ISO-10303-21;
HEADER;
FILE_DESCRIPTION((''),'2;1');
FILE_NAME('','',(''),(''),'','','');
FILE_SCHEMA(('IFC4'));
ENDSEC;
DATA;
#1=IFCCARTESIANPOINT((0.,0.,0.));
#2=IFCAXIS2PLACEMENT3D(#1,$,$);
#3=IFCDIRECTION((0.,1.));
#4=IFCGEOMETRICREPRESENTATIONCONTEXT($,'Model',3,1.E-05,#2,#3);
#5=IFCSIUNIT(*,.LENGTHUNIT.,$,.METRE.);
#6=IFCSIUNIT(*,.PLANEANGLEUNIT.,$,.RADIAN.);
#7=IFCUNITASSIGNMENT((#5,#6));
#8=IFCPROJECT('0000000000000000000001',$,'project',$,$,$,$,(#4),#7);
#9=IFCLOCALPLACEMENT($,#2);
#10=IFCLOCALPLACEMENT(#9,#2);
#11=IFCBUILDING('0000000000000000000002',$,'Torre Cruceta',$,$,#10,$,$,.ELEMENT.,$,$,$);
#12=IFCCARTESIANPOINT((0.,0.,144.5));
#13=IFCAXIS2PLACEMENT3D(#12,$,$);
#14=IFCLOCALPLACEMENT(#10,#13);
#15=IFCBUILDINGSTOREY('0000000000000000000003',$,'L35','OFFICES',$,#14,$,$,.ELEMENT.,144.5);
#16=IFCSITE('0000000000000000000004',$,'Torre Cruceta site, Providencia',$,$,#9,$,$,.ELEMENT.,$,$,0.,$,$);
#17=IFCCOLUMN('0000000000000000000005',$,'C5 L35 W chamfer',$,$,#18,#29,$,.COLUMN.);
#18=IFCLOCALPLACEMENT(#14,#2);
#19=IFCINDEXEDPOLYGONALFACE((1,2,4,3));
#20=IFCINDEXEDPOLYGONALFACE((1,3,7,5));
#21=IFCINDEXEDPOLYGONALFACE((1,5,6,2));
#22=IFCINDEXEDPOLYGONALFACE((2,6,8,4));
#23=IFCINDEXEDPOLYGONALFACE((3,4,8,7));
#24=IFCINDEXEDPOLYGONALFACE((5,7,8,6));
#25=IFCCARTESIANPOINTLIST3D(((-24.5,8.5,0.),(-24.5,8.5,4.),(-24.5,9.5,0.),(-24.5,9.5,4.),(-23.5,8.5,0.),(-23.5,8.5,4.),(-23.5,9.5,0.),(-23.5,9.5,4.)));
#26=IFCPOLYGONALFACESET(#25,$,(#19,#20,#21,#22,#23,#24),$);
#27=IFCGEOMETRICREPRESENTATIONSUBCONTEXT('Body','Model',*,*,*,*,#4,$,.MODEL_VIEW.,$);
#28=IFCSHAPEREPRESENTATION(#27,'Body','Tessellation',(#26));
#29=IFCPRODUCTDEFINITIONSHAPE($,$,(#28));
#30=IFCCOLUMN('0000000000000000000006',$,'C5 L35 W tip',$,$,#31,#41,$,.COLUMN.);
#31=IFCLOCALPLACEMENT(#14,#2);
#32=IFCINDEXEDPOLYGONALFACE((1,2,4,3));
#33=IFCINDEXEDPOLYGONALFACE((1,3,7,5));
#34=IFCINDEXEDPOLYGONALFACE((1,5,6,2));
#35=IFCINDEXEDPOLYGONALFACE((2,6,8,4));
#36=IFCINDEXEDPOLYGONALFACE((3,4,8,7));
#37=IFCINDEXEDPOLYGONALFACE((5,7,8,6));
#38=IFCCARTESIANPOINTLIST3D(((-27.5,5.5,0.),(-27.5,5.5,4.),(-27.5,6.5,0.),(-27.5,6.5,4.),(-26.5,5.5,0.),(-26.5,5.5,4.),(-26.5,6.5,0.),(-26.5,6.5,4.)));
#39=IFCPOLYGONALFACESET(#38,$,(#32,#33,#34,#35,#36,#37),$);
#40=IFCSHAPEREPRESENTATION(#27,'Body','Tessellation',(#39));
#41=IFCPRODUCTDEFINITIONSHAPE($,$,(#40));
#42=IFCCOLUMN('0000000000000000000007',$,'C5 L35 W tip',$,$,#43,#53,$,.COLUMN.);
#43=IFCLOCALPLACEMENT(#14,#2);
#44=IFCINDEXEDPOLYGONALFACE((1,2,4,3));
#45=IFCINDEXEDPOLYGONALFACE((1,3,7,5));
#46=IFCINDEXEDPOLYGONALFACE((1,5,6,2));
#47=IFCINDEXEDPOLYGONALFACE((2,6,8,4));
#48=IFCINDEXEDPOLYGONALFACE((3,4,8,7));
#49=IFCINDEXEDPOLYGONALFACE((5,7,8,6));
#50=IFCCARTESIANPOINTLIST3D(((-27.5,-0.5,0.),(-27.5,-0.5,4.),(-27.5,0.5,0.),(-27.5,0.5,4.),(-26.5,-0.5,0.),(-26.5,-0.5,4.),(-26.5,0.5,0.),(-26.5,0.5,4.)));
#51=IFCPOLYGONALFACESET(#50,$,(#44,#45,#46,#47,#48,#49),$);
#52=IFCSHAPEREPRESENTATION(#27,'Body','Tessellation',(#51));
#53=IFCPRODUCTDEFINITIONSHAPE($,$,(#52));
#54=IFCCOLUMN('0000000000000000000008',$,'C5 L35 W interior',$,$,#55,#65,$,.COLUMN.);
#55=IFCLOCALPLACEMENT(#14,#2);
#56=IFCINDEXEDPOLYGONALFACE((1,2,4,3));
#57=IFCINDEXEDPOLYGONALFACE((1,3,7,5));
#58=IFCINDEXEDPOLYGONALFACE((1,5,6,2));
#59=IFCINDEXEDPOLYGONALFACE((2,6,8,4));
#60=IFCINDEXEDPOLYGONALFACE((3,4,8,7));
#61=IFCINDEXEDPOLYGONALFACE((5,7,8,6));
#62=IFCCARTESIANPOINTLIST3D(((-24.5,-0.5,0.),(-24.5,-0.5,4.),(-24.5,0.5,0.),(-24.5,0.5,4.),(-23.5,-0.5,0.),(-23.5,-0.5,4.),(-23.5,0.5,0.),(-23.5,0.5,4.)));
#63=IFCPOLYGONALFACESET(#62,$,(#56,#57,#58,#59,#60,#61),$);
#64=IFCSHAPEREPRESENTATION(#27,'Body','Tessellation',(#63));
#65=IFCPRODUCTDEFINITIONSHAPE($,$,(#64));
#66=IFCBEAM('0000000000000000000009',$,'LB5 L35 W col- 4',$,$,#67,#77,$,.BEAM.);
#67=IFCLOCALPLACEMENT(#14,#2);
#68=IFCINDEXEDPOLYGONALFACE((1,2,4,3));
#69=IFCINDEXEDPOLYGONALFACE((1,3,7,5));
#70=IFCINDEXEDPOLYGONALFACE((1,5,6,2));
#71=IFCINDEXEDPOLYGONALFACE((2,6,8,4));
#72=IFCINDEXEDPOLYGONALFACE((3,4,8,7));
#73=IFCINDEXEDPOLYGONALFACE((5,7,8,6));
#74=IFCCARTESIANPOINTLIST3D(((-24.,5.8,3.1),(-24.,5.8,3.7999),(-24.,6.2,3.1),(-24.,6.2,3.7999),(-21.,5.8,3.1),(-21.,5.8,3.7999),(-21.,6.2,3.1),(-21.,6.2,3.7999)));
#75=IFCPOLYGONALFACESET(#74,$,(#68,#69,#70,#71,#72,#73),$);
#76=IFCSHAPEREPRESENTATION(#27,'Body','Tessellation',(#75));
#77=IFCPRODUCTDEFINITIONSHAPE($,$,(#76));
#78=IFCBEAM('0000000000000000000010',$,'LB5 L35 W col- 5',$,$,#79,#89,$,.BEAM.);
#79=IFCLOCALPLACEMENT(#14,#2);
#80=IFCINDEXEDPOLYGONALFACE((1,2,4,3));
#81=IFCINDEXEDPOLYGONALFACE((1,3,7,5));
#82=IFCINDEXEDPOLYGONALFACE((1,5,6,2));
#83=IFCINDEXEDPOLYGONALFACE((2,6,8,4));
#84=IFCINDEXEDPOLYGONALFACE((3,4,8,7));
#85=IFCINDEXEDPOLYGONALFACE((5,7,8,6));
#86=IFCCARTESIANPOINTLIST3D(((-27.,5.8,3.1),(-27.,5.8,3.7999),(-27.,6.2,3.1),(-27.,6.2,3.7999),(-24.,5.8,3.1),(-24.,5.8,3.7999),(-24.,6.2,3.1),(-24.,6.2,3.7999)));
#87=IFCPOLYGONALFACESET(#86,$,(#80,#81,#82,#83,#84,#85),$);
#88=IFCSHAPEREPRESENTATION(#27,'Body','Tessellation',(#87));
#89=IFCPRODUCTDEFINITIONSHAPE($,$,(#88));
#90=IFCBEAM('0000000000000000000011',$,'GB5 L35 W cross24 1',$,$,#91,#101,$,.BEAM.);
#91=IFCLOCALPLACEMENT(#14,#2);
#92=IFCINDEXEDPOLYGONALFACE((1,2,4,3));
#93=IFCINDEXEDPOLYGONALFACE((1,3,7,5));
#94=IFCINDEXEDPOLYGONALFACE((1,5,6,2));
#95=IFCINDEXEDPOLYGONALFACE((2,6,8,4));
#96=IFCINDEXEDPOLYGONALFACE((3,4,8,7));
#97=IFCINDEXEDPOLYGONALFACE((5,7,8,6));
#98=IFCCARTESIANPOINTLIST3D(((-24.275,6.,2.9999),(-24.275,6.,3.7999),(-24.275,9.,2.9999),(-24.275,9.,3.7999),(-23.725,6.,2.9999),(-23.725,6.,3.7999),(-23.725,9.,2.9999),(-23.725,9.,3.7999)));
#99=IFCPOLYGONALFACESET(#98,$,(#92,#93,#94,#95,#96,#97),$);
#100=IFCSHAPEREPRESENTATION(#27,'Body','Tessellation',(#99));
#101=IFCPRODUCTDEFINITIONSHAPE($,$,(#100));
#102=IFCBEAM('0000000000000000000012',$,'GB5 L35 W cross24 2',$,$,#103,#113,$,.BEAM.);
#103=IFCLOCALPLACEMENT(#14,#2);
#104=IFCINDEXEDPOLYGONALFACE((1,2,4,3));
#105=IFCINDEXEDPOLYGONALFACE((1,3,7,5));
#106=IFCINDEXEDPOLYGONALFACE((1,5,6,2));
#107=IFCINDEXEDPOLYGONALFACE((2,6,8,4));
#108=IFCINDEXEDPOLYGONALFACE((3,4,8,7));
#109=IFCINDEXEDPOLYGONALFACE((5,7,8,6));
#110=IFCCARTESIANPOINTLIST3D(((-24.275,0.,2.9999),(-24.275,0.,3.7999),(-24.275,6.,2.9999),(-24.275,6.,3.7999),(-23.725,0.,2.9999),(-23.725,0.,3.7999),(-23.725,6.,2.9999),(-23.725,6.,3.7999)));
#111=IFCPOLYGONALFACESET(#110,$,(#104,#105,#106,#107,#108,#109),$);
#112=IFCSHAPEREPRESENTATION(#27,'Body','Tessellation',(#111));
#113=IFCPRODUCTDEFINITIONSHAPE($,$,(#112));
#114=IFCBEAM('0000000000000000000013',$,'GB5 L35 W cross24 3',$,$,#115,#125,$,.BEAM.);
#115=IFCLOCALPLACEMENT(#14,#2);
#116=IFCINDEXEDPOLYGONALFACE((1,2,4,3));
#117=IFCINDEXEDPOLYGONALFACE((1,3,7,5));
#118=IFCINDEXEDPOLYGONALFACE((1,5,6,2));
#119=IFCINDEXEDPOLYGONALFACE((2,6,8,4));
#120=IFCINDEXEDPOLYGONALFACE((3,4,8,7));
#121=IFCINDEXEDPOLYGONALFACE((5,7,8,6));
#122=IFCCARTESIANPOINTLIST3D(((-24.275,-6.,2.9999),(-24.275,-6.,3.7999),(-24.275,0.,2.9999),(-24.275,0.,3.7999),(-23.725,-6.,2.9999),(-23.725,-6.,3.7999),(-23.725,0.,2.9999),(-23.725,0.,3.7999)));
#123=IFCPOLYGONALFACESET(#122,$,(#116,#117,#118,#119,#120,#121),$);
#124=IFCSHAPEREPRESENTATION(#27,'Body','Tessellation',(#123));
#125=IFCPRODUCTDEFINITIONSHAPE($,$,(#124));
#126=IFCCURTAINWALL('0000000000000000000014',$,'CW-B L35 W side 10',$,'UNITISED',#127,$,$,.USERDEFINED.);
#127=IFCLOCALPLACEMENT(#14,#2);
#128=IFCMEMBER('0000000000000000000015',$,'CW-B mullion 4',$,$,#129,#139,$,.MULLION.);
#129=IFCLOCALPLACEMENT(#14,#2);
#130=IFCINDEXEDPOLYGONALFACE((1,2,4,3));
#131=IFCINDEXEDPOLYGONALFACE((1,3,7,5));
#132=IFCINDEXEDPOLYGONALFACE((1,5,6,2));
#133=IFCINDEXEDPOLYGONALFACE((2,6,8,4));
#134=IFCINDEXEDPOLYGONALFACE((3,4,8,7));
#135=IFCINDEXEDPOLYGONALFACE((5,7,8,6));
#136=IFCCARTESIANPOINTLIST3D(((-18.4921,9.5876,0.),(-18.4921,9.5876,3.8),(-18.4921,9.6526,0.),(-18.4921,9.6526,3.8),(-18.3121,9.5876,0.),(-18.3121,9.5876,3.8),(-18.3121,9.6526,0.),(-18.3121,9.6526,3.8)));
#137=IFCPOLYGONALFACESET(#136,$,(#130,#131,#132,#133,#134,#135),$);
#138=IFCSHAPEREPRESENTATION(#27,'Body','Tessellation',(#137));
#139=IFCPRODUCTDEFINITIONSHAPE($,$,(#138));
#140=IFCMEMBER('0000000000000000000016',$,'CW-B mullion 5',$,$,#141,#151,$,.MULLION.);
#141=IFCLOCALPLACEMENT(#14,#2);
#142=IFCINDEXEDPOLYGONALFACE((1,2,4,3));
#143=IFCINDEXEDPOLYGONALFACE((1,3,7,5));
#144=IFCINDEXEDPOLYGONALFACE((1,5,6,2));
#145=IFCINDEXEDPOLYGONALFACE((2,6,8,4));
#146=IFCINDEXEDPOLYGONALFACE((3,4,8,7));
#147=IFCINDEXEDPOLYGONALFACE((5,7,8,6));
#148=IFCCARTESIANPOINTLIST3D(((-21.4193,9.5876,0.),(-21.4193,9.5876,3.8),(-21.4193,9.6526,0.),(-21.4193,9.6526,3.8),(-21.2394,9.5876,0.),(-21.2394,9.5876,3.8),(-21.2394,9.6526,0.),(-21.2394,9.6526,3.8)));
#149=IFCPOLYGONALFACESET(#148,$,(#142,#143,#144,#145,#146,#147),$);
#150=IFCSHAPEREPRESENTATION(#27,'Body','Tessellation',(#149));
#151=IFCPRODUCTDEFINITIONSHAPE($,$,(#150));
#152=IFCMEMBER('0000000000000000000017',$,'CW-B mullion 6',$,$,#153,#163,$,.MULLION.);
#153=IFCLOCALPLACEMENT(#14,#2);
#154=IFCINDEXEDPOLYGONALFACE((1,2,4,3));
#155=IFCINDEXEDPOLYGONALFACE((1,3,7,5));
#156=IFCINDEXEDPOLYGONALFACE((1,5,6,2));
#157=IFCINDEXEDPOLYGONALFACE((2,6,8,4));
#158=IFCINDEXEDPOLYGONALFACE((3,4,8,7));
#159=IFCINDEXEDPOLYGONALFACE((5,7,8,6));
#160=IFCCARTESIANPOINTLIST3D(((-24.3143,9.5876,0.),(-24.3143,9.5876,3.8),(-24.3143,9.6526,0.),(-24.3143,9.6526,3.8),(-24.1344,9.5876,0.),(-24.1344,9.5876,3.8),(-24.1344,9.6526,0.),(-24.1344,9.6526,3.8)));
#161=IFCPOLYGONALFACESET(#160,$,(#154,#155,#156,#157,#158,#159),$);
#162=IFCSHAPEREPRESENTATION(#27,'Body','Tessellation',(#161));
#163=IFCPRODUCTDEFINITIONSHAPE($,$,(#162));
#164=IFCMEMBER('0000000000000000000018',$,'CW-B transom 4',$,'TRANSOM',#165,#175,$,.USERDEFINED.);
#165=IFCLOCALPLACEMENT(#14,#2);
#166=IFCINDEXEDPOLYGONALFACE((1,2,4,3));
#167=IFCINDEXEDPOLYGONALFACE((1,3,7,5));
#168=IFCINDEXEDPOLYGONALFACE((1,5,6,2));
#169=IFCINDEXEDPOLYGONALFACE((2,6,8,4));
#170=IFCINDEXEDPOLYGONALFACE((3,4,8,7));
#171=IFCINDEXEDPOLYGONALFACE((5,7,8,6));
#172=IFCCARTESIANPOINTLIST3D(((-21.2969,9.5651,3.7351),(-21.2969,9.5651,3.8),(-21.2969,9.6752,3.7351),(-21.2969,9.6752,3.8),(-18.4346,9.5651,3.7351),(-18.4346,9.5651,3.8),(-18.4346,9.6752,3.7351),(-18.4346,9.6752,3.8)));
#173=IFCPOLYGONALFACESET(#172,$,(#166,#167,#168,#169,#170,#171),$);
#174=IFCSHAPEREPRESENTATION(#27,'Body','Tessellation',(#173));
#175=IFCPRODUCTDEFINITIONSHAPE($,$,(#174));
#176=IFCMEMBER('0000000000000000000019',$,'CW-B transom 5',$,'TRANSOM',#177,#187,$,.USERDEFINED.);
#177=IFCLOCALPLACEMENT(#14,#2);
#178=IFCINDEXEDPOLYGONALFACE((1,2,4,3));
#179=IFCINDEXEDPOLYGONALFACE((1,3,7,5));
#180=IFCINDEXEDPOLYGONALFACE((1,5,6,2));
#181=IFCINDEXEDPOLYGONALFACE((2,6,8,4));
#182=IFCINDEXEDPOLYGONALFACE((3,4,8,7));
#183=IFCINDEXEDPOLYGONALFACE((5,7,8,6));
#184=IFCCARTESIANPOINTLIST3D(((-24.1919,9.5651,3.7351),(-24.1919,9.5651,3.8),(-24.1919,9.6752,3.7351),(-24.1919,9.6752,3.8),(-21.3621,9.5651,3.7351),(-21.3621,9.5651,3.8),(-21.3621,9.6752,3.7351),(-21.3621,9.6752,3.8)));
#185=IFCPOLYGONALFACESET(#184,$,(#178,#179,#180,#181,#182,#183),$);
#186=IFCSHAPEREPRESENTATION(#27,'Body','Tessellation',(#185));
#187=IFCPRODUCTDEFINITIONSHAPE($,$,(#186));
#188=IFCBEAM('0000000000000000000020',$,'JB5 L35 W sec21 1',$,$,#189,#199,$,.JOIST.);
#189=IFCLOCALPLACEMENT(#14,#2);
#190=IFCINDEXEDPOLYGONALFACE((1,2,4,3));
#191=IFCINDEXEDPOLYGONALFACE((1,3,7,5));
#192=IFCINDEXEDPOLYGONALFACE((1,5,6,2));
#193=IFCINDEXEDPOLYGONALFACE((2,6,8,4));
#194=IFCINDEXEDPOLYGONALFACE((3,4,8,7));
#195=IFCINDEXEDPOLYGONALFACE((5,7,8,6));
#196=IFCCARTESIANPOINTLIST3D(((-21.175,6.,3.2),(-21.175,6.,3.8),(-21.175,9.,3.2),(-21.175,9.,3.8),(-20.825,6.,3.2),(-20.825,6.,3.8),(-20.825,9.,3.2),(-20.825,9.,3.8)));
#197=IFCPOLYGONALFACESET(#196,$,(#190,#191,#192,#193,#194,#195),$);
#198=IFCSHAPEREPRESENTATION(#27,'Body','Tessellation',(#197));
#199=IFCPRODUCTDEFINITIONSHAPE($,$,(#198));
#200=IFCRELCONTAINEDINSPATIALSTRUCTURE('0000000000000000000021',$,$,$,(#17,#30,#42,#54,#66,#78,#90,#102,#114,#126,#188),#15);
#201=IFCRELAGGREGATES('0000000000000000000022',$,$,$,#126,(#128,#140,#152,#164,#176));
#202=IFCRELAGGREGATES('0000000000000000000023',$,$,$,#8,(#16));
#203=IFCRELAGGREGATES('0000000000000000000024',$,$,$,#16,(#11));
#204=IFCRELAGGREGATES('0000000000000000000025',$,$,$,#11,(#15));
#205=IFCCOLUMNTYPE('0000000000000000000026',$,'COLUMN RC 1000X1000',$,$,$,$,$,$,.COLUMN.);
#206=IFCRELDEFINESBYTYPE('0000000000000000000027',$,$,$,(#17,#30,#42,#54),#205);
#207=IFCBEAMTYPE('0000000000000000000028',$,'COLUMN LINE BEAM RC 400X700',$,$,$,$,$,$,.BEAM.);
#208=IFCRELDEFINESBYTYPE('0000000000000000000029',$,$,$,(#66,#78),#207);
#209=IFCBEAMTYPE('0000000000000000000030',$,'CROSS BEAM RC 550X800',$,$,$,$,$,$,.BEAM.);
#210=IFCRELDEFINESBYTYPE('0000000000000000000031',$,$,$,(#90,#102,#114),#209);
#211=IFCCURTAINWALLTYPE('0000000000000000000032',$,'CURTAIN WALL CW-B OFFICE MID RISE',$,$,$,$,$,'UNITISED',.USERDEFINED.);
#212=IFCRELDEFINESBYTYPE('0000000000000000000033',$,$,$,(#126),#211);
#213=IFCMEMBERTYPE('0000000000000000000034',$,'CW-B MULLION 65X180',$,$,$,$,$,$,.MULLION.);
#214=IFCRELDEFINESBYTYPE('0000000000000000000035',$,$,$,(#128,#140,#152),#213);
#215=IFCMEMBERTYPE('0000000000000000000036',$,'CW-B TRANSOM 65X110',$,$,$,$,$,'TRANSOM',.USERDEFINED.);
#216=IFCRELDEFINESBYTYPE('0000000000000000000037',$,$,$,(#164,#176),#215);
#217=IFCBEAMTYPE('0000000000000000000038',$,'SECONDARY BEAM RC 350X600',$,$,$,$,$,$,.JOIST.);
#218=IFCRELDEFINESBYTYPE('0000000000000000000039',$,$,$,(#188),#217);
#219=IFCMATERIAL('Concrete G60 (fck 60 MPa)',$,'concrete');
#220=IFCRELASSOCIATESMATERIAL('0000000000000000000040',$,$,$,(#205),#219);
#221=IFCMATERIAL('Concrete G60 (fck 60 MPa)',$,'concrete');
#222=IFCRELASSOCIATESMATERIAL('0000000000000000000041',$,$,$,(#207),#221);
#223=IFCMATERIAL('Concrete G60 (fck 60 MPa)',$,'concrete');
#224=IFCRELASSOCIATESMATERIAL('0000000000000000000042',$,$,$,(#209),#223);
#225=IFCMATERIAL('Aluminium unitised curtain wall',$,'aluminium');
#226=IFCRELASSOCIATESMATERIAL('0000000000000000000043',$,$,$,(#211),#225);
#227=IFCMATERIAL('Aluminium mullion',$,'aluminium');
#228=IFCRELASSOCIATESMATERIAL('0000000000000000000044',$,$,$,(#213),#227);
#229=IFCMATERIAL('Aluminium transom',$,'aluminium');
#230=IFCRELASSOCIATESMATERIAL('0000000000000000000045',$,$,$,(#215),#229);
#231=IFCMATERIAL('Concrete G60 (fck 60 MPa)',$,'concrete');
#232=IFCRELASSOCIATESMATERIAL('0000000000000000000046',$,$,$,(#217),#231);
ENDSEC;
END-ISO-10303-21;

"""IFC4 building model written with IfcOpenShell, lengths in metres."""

from ifc_helpers import new_model, si_unit, direction, frame, origin, origin_2d, place, context, subcontext, project, spatial, rectangle, extrude, material, material_profile, profile_set, type_object, element, aggregate, save


model = new_model("IFC4")

# Units and contexts
model_context = context("Model", 3, precision=1e-05, world=origin(), true_north=direction((0.0, 1.0)))
body_context = subcontext(model_context, "Body", "Model", "MODEL_VIEW")
ifc_project = project(units=[si_unit("LENGTHUNIT", "METRE"), si_unit("PLANEANGLEUNIT", "RADIAN")], contexts=[model_context])

# Site, building, storey
site_placement = place(None, origin())
site = spatial("IfcSite", under=ifc_project, at=site_placement, Name="Torre Cruceta site, Providencia", CompositionType="ELEMENT", RefElevation=0.0)
building_placement = place(site_placement, origin())
building = spatial("IfcBuilding", under=site, at=building_placement, Name="Torre Cruceta", CompositionType="ELEMENT")
storey_placement = place(building_placement, frame((0.0, 0.0, 144.5)))
storey = spatial("IfcBuildingStorey", under=building, at=storey_placement, Name="L35", Description="OFFICES", CompositionType="ELEMENT", Elevation=144.5)

# Columns
ifc_material_1 = material(Name="Concrete G60 (fck 60 MPa)", Category="concrete")
ifc_material_profile_1 = material_profile(ifc_material_1, rectangle(XDim=1.0, YDim=1.0, at=origin_2d()), Name="RC 1000X1000")
ifc_profile_set_1 = profile_set([ifc_material_profile_1], Name="Concrete G60 (fck 60 MPa)")
column_type = type_object("IfcColumnType", Name="COLUMN RC 1000X1000", PredefinedType="COLUMN", material=ifc_profile_set_1)
for number, where, z_axis, x_axis, name in (
    (1, (-24.0, 9.0, 0.0), (0.0, 0.0, 1.0), (1.0, 0.0, 0.0), "C5 L35 W chamfer"),
    (2, (-27.0, 6.0, 0.0), (0.0, 0.0, 1.0), (1.0, 0.0, 0.0), "C5 L35 W tip"),
    (3, (-27.0, 0.0, 0.0), (0.0, 0.0, 1.0), (1.0, 0.0, 0.0), "C5 L35 W tip"),
    (4, (-24.0, 0.0, 0.0), (0.0, 0.0, 1.0), (1.0, 0.0, 0.0), "C5 L35 W interior"),
):
    element("IfcColumn", number, at=place(storey_placement, frame(where, z_axis=z_axis, x_axis=x_axis)), inside=storey, type_object=column_type, Name=name, PredefinedType="COLUMN", context=body_context, shape_type="SweptSolid", body=[
        extrude(rectangle(XDim=1.0, YDim=1.0, at=origin_2d()), origin(), (0.0, 0.0, 1.0), 4.0),
    ])

# Beams
ifc_material_2 = material(Name="Concrete G60 (fck 60 MPa)", Category="concrete")
ifc_material_profile_2 = material_profile(ifc_material_2, rectangle(XDim=0.3999, YDim=0.7, at=origin_2d()), Name="RC 400X700")
ifc_profile_set_2 = profile_set([ifc_material_profile_2], Name="Concrete G60 (fck 60 MPa)")
beam_type_1 = type_object("IfcBeamType", Name="COLUMN LINE BEAM RC 400X700", PredefinedType="BEAM", material=ifc_profile_set_2)
for number, where, z_axis, x_axis, name in (
    (5, (-21.0, 6.0, 3.45), (-1.0, 0.0, 0.0), (0.0, -1.0, 0.0), "LB5 L35 W col- 4"),
    (6, (-24.0, 6.0, 3.45), (-1.0, 0.0, 0.0), (0.0, -1.0, 0.0), "LB5 L35 W col- 5"),
):
    element("IfcBeam", number, at=place(storey_placement, frame(where, z_axis=z_axis, x_axis=x_axis)), inside=storey, type_object=beam_type_1, Name=name, PredefinedType="BEAM", context=body_context, shape_type="SweptSolid", body=[
        extrude(rectangle(XDim=0.3999, YDim=0.7, at=origin_2d()), origin(), (0.0, 0.0, 1.0), 3.0),
    ])
ifc_material_3 = material(Name="Concrete G60 (fck 60 MPa)", Category="concrete")
ifc_material_profile_3 = material_profile(ifc_material_3, rectangle(XDim=0.55, YDim=0.8, at=origin_2d()), Name="RC 550X800")
ifc_profile_set_3 = profile_set([ifc_material_profile_3], Name="Concrete G60 (fck 60 MPa)")
beam_type_2 = type_object("IfcBeamType", Name="CROSS BEAM RC 550X800", PredefinedType="BEAM", material=ifc_profile_set_3)
beam_1_placement = place(storey_placement, frame((-24.0, 9.0, 3.3999), z_axis=(0.0, -1.0, 0.0), x_axis=(1.0, 0.0, 0.0)))
element("IfcBeam", 7, at=beam_1_placement, inside=storey, type_object=beam_type_2, Name="GB5 L35 W cross24 1", PredefinedType="BEAM", context=body_context, shape_type="SweptSolid", body=[
    extrude(rectangle(XDim=0.55, YDim=0.8, at=origin_2d()), origin(), (0.0, 0.0, 1.0), 3.0),
])
for number, where, z_axis, x_axis, name in (
    (8, (-24.0, 6.0, 3.3999), (0.0, -1.0, 0.0), (1.0, 0.0, 0.0), "GB5 L35 W cross24 2"),
    (9, (-24.0, 0.0, 3.3999), (0.0, -1.0, 0.0), (1.0, 0.0, 0.0), "GB5 L35 W cross24 3"),
):
    element("IfcBeam", number, at=place(storey_placement, frame(where, z_axis=z_axis, x_axis=x_axis)), inside=storey, type_object=beam_type_2, Name=name, PredefinedType="BEAM", context=body_context, shape_type="SweptSolid", body=[
        extrude(rectangle(XDim=0.55, YDim=0.8, at=origin_2d()), origin(), (0.0, 0.0, 1.0), 6.0),
    ])

# Curtain wall, members
ifc_material_4 = material(Name="Aluminium unitised curtain wall", Category="aluminium")
curtain_wall_type = type_object("IfcCurtainWallType", Name="CURTAIN WALL CW-B OFFICE MID RISE", ElementType="UNITISED", PredefinedType="USERDEFINED", material=ifc_material_4)
curtain_wall_placement = place(storey_placement, origin())
curtain_wall = element("IfcCurtainWall", 10, at=curtain_wall_placement, inside=storey, type_object=curtain_wall_type, Name="CW-B L35 W side 10", ObjectType="UNITISED", PredefinedType="USERDEFINED")
ifc_material_5 = material(Name="Aluminium mullion", Category="aluminium")
ifc_material_profile_4 = material_profile(ifc_material_5, rectangle(XDim=0.0649, YDim=0.1799, at=origin_2d()), Name="AL 65X180")
ifc_profile_set_4 = profile_set([ifc_material_profile_4], Name="Aluminium mullion")
member_type_1 = type_object("IfcMemberType", Name="CW-B MULLION 65X180", PredefinedType="MULLION", material=ifc_profile_set_4)
member_1_placement = place(storey_placement, frame((-18.4021, 9.6201, 0.0), z_axis=(0.0, 0.0, 1.0), x_axis=(0.0, -1.0, 0.0)))
member_1 = element("IfcMember", 11, at=member_1_placement, type_object=member_type_1, Name="CW-B mullion 4", PredefinedType="MULLION", context=body_context, shape_type="SweptSolid", body=[
    extrude(rectangle(XDim=0.0649, YDim=0.1799, at=origin_2d()), origin(), (0.0, 0.0, 1.0), 3.8),
])
member_2_placement = place(storey_placement, frame((-21.3293, 9.6201, 0.0), z_axis=(0.0, 0.0, 1.0), x_axis=(0.0, -1.0, 0.0)))
member_2 = element("IfcMember", 12, at=member_2_placement, type_object=member_type_1, Name="CW-B mullion 5", PredefinedType="MULLION", context=body_context, shape_type="SweptSolid", body=[
    extrude(rectangle(XDim=0.0649, YDim=0.1799, at=origin_2d()), origin(), (0.0, 0.0, 1.0), 3.8),
])
member_3_placement = place(storey_placement, frame((-24.2244, 9.6201, 0.0), z_axis=(0.0, 0.0, 1.0), x_axis=(0.0, -1.0, 0.0)))
member_3 = element("IfcMember", 13, at=member_3_placement, type_object=member_type_1, Name="CW-B mullion 6", PredefinedType="MULLION", context=body_context, shape_type="SweptSolid", body=[
    extrude(rectangle(XDim=0.0649, YDim=0.1799, at=origin_2d()), origin(), (0.0, 0.0, 1.0), 3.8),
])
ifc_material_6 = material(Name="Aluminium transom", Category="aluminium")
ifc_material_profile_5 = material_profile(ifc_material_6, rectangle(XDim=0.1101, YDim=0.0649, at=origin_2d()), Name="AL 110X65")
ifc_profile_set_5 = profile_set([ifc_material_profile_5], Name="Aluminium transom")
member_type_2 = type_object("IfcMemberType", Name="CW-B TRANSOM 65X110", ElementType="TRANSOM", PredefinedType="USERDEFINED", material=ifc_profile_set_5)
member_4_placement = place(storey_placement, frame((-18.4346, 9.6201, 3.7676), z_axis=(-1.0, 0.0, 0.0), x_axis=(0.0, -1.0, 0.0)))
member_4 = element("IfcMember", 14, at=member_4_placement, type_object=member_type_2, Name="CW-B transom 4", ObjectType="TRANSOM", PredefinedType="USERDEFINED", context=body_context, shape_type="SweptSolid", body=[
    extrude(rectangle(XDim=0.1101, YDim=0.0649, at=origin_2d()), origin(), (0.0, 0.0, 1.0), 2.8623),
])
member_5_placement = place(storey_placement, frame((-21.3621, 9.6201, 3.7676), z_axis=(-1.0, 0.0, 0.0), x_axis=(0.0, -1.0, 0.0)))
member_5 = element("IfcMember", 15, at=member_5_placement, type_object=member_type_2, Name="CW-B transom 5", ObjectType="TRANSOM", PredefinedType="USERDEFINED", context=body_context, shape_type="SweptSolid", body=[
    extrude(rectangle(XDim=0.1101, YDim=0.0649, at=origin_2d()), origin(), (0.0, 0.0, 1.0), 2.8298),
])

# Beam
ifc_material_7 = material(Name="Concrete G60 (fck 60 MPa)", Category="concrete")
ifc_material_profile_6 = material_profile(ifc_material_7, rectangle(XDim=0.3501, YDim=0.6001, at=origin_2d()), Name="RC 350X600")
ifc_profile_set_6 = profile_set([ifc_material_profile_6], Name="Concrete G60 (fck 60 MPa)")
beam_type_3 = type_object("IfcBeamType", Name="SECONDARY BEAM RC 350X600", PredefinedType="JOIST", material=ifc_profile_set_6)
beam_2_placement = place(storey_placement, frame((-21.0, 9.0, 3.5), z_axis=(0.0, -1.0, 0.0), x_axis=(1.0, 0.0, 0.0)))
element("IfcBeam", 16, at=beam_2_placement, inside=storey, type_object=beam_type_3, Name="JB5 L35 W sec21 1", PredefinedType="JOIST", context=body_context, shape_type="SweptSolid", body=[
    extrude(rectangle(XDim=0.3501, YDim=0.6001, at=origin_2d()), origin(), (0.0, 0.0, 1.0), 3.0),
])

aggregate(curtain_wall, [member_1, member_2, member_3, member_4, member_5])

save(model, "model.ifc")
